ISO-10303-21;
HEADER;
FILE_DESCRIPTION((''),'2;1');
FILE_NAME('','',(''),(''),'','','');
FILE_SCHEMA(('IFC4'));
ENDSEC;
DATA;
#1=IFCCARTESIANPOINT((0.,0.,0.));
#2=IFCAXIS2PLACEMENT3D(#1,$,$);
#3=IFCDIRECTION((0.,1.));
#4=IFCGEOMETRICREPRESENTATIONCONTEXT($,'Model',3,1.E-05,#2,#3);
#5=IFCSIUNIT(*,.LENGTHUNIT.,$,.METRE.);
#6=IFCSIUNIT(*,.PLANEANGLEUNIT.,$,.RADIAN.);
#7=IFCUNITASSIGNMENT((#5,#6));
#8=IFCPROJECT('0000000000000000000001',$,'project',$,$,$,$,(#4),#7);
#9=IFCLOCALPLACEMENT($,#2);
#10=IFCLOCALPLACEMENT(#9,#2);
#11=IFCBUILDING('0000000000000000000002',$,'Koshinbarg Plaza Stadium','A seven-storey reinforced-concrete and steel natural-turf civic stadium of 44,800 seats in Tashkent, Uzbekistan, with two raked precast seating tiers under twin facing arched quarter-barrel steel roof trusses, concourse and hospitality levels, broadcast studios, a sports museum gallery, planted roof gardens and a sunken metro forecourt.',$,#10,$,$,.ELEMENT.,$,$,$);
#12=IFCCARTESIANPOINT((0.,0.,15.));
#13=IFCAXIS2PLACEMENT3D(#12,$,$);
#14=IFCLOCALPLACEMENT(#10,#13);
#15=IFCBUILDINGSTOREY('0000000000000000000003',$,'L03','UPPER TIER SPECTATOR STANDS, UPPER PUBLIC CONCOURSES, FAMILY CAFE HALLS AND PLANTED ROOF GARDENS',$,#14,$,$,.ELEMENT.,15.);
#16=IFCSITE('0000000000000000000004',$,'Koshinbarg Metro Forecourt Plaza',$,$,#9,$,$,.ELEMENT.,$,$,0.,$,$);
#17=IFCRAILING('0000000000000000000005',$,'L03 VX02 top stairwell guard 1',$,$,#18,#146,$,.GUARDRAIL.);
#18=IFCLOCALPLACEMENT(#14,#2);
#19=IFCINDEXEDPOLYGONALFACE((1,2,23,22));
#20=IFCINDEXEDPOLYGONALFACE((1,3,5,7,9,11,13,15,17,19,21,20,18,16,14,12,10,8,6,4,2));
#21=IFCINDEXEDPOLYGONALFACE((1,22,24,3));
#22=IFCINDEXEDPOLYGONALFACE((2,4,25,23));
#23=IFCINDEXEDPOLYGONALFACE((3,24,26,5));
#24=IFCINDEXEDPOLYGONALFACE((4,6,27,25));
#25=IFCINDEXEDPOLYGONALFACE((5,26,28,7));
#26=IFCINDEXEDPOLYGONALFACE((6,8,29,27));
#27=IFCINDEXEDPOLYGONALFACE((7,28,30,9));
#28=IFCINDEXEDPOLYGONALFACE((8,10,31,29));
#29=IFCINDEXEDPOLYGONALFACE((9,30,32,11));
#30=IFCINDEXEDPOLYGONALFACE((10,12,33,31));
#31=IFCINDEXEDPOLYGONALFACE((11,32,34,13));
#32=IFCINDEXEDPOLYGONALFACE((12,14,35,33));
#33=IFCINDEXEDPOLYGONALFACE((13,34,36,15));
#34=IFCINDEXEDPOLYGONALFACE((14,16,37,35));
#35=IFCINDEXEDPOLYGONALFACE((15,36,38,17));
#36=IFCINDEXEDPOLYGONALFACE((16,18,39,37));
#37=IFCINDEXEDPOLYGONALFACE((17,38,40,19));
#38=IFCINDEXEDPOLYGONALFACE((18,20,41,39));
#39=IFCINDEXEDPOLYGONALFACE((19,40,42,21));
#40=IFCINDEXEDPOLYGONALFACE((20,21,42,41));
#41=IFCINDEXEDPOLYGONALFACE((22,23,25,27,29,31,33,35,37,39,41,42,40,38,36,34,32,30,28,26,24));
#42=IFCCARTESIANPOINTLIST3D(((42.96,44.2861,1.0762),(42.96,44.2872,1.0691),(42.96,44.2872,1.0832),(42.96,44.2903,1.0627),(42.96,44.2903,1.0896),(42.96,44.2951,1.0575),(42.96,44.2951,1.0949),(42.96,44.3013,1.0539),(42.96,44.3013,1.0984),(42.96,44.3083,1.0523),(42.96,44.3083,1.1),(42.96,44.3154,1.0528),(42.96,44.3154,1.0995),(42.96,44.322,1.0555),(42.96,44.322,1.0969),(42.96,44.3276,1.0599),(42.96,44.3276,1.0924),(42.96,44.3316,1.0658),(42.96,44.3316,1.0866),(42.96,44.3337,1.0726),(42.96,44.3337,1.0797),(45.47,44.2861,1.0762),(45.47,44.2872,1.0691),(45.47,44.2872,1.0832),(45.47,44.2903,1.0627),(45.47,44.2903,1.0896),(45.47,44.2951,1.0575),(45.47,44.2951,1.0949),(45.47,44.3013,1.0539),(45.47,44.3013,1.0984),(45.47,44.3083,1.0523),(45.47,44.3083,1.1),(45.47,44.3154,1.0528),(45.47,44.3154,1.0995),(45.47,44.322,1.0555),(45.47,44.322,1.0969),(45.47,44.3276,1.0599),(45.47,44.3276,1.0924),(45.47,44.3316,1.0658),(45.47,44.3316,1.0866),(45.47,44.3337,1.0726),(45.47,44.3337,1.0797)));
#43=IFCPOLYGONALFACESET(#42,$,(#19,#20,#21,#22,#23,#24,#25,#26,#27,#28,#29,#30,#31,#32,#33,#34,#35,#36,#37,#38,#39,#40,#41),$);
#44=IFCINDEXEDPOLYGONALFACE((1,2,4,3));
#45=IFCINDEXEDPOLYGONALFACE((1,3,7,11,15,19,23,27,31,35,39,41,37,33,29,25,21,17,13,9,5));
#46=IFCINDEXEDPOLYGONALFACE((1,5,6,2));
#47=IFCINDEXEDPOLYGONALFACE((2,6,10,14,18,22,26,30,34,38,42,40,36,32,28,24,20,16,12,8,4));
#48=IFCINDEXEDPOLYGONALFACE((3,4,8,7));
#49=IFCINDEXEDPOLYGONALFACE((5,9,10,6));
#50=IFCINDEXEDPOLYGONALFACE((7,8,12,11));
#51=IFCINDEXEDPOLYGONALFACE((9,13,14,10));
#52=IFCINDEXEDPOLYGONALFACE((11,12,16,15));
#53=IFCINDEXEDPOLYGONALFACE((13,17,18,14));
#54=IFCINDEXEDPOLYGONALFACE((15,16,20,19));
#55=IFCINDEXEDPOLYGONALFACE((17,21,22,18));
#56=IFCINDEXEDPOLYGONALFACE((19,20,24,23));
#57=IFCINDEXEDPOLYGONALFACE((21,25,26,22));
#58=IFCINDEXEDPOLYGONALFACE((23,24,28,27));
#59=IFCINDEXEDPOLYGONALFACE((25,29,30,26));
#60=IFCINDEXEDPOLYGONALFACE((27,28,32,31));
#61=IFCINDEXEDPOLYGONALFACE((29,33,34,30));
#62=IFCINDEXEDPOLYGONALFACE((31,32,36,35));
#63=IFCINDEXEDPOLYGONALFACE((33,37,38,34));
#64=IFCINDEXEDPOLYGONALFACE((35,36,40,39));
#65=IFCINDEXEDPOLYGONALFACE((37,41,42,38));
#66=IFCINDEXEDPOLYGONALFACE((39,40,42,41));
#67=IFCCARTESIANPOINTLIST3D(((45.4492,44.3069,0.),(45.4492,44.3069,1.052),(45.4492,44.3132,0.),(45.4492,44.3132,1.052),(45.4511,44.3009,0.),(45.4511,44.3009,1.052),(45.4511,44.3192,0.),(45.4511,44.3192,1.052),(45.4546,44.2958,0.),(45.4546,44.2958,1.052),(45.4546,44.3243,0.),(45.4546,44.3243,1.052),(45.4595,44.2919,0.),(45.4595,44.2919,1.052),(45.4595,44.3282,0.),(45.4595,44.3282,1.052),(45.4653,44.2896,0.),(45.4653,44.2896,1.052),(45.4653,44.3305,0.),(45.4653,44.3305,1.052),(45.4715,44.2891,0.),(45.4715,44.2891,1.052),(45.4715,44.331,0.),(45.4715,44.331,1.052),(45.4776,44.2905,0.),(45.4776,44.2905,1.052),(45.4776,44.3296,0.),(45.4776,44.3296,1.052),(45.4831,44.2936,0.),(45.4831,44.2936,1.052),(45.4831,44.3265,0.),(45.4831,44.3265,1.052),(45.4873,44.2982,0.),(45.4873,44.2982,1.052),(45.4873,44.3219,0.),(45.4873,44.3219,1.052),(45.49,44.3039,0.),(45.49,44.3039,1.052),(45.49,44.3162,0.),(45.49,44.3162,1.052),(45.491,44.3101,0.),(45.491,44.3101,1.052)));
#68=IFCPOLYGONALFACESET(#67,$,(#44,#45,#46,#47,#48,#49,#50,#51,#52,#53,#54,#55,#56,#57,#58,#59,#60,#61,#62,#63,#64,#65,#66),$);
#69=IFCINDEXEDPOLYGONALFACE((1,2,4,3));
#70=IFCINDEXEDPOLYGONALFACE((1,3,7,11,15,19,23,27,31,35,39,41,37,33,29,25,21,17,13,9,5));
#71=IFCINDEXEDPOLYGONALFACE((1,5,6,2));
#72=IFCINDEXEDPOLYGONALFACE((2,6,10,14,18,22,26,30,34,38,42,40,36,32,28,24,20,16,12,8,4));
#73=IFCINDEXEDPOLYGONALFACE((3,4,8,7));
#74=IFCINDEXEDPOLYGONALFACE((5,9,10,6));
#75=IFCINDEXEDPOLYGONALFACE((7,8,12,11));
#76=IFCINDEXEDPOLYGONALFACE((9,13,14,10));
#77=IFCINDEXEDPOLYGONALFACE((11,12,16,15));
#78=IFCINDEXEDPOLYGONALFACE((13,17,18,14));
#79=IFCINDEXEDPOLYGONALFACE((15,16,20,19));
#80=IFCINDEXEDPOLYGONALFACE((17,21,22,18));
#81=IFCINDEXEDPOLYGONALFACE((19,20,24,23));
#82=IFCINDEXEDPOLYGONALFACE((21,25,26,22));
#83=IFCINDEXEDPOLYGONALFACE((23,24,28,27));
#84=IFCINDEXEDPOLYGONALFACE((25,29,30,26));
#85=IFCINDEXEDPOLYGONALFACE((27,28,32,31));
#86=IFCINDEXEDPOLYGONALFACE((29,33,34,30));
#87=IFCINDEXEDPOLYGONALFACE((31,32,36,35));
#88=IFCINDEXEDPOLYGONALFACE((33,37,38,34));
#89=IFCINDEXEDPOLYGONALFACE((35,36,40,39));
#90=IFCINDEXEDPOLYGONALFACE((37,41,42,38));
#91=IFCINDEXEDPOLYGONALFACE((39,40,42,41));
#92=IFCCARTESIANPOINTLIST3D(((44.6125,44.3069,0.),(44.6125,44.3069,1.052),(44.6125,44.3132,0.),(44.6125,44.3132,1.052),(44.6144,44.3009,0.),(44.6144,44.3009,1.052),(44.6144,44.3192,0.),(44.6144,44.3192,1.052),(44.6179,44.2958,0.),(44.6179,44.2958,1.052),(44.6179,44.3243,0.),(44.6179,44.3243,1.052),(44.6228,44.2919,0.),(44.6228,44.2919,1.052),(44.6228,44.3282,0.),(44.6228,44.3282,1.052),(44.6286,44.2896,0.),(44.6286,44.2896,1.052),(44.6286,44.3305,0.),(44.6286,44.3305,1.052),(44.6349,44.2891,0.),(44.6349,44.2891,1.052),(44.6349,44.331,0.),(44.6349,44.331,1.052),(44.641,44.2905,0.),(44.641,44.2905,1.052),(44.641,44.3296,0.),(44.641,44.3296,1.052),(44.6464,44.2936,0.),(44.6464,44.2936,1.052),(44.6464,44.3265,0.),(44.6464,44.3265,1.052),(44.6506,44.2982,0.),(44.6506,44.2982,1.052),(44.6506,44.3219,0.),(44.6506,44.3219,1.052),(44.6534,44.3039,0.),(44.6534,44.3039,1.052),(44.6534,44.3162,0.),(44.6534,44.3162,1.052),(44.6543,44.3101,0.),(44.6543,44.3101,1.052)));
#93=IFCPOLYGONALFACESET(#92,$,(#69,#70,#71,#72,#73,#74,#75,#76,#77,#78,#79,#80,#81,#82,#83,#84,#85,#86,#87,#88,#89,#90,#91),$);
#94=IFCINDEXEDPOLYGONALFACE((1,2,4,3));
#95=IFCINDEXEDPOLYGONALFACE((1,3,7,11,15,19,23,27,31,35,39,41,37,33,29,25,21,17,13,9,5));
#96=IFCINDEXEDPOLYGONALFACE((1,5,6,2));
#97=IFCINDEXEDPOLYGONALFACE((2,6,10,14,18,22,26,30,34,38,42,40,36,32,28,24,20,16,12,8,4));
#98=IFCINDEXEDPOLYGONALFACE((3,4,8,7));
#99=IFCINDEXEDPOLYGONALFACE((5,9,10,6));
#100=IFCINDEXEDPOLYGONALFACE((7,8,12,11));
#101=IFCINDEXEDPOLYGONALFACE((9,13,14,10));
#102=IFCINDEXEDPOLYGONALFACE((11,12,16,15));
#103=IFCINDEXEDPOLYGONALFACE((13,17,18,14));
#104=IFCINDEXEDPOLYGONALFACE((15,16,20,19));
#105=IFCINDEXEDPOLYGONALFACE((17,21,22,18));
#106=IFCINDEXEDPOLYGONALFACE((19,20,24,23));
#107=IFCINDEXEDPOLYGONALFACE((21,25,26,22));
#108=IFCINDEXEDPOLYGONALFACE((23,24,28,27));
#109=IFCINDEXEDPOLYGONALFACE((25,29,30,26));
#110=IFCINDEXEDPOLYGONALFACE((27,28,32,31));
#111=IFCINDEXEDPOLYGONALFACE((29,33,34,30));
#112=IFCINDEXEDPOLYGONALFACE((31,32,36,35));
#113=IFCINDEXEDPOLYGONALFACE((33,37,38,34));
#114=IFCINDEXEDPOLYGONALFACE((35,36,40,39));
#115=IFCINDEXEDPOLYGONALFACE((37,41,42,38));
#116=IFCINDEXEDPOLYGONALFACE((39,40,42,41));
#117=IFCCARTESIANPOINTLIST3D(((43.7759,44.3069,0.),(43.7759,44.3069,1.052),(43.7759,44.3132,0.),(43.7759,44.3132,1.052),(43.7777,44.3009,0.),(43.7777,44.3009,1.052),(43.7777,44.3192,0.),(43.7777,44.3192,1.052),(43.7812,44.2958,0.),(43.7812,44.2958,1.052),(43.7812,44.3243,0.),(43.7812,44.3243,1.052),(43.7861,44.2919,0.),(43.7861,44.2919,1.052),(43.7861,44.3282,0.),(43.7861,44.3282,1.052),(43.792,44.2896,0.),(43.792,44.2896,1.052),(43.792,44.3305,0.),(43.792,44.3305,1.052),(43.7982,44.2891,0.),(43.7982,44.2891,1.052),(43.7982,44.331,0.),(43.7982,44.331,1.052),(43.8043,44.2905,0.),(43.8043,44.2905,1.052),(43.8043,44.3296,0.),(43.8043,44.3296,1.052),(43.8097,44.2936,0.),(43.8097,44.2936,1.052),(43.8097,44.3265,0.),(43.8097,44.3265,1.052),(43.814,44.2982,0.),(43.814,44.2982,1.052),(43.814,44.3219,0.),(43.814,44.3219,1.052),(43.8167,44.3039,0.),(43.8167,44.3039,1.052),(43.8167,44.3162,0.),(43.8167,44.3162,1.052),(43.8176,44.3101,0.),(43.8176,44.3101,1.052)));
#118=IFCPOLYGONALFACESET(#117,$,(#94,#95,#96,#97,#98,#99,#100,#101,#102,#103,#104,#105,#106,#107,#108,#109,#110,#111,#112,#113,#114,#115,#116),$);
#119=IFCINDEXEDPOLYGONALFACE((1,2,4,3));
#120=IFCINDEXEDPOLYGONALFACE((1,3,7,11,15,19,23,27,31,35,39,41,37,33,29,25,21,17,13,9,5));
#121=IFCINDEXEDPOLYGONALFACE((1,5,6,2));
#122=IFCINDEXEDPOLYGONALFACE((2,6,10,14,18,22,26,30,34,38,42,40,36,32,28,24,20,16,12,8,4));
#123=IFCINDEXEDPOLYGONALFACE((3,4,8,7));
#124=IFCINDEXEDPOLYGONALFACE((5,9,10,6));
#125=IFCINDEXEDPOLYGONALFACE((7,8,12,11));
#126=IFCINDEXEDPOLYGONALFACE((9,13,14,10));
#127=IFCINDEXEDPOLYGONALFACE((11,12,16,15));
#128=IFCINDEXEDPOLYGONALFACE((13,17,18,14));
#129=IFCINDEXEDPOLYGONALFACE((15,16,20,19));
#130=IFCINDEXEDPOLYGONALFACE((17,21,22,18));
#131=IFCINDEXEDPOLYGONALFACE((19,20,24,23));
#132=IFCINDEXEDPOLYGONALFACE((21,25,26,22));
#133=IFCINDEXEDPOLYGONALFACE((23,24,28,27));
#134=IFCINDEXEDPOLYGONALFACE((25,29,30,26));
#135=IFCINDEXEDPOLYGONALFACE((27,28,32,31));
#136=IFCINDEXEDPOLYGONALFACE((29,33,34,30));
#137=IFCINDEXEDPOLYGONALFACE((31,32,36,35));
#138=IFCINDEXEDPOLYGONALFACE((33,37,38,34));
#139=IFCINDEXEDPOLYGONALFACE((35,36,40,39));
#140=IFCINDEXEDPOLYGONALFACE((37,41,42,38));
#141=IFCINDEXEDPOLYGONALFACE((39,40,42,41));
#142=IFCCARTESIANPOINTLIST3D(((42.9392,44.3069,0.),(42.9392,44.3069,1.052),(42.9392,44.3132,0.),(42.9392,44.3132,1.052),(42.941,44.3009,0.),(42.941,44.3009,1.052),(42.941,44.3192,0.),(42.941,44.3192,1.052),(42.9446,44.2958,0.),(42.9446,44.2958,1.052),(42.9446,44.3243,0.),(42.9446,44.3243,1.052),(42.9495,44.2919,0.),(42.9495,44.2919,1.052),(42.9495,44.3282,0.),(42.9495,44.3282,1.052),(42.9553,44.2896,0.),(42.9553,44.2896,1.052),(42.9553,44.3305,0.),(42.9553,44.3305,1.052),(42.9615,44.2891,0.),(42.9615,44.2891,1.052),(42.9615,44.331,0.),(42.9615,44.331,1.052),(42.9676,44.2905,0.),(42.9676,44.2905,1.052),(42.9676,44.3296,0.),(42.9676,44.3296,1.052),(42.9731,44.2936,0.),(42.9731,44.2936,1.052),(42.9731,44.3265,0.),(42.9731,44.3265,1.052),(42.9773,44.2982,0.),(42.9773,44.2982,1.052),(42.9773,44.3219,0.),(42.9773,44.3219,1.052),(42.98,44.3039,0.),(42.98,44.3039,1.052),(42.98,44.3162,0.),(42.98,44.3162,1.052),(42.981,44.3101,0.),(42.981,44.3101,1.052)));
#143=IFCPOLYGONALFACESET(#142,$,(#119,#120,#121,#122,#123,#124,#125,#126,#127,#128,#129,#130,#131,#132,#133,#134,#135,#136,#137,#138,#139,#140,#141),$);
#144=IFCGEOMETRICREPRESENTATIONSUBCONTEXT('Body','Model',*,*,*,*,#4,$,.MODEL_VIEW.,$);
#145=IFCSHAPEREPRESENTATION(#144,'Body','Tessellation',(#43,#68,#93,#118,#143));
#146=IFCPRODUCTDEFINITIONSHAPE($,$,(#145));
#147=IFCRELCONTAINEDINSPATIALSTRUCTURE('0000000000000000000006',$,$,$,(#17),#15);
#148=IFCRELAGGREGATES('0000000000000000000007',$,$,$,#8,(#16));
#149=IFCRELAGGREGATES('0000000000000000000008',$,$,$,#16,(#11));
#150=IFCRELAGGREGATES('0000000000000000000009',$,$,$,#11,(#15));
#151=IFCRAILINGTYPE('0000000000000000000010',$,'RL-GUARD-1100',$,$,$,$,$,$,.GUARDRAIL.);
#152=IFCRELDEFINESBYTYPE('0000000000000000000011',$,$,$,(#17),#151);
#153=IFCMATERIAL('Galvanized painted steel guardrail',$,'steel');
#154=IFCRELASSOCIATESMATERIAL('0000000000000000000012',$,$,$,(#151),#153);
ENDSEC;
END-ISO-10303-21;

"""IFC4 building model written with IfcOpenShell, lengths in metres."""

from ifc_helpers import new_model, si_unit, direction, frame, origin, origin_2d, place, context, subcontext, project, spatial, circle, extrude, material, type_object, element, save


model = new_model("IFC4")

# Units and contexts
model_context = context("Model", 3, precision=1e-05, world=origin(), true_north=direction((0.0, 1.0)))
body_context = subcontext(model_context, "Body", "Model", "MODEL_VIEW")
ifc_project = project(units=[si_unit("LENGTHUNIT", "METRE"), si_unit("PLANEANGLEUNIT", "RADIAN")], contexts=[model_context])

# Site, building, storey
site_placement = place(None, origin())
site = spatial("IfcSite", under=ifc_project, at=site_placement, Name="Koshinbarg Metro Forecourt Plaza", CompositionType="ELEMENT", RefElevation=0.0)
building_placement = place(site_placement, origin())
building = spatial("IfcBuilding", under=site, at=building_placement, Name="Koshinbarg Plaza Stadium", Description="A seven-storey reinforced-concrete and steel natural-turf civic stadium of 44,800 seats in Tashkent, Uzbekistan, with two raked precast seating tiers under twin facing arched quarter-barrel steel roof trusses, concourse and hospitality levels, broadcast studios, a sports museum gallery, planted roof gardens and a sunken metro forecourt.", CompositionType="ELEMENT")
storey_placement = place(building_placement, frame((0.0, 0.0, 15.0)))
storey = spatial("IfcBuildingStorey", under=building, at=storey_placement, Name="L03", Description="UPPER TIER SPECTATOR STANDS, UPPER PUBLIC CONCOURSES, FAMILY CAFE HALLS AND PLANTED ROOF GARDENS", CompositionType="ELEMENT", Elevation=15.0)

# Railing
ifc_material_1 = material(Name="Galvanized painted steel guardrail", Category="steel")
railing_type = type_object("IfcRailingType", Name="RL-GUARD-1100", PredefinedType="GUARDRAIL", material=ifc_material_1)
railing_placement = place(storey_placement, frame((45.47, 44.3101, 0.0)))
element("IfcRailing", 1, at=railing_placement, inside=storey, type_object=railing_type, Name="L03 VX02 top stairwell guard 1", PredefinedType="GUARDRAIL", context=body_context, shape_type="SweptSolid", body=[
    extrude(circle(Radius=0.0239, at=origin_2d()), frame((0.0, 0.0, 1.0762), z_axis=(-1.0, 0.0, 0.0), x_axis=(0.0, -1.0, 0.0)), (0.0, 0.0, 1.0), 2.51),
    extrude(circle(Radius=0.021, at=origin_2d()), origin(), (0.0, 0.0, 1.0), 1.052),
    extrude(circle(Radius=0.021, at=origin_2d()), frame((-0.8367, 0.0, 0.0)), (0.0, 0.0, 1.0), 1.052),
    extrude(circle(Radius=0.021, at=origin_2d()), frame((-1.6733, 0.0, 0.0)), (0.0, 0.0, 1.0), 1.052),
    extrude(circle(Radius=0.021, at=origin_2d()), frame((-2.51, 0.0, 0.0)), (0.0, 0.0, 1.0), 1.052),
])

save(model, "model.ifc")
